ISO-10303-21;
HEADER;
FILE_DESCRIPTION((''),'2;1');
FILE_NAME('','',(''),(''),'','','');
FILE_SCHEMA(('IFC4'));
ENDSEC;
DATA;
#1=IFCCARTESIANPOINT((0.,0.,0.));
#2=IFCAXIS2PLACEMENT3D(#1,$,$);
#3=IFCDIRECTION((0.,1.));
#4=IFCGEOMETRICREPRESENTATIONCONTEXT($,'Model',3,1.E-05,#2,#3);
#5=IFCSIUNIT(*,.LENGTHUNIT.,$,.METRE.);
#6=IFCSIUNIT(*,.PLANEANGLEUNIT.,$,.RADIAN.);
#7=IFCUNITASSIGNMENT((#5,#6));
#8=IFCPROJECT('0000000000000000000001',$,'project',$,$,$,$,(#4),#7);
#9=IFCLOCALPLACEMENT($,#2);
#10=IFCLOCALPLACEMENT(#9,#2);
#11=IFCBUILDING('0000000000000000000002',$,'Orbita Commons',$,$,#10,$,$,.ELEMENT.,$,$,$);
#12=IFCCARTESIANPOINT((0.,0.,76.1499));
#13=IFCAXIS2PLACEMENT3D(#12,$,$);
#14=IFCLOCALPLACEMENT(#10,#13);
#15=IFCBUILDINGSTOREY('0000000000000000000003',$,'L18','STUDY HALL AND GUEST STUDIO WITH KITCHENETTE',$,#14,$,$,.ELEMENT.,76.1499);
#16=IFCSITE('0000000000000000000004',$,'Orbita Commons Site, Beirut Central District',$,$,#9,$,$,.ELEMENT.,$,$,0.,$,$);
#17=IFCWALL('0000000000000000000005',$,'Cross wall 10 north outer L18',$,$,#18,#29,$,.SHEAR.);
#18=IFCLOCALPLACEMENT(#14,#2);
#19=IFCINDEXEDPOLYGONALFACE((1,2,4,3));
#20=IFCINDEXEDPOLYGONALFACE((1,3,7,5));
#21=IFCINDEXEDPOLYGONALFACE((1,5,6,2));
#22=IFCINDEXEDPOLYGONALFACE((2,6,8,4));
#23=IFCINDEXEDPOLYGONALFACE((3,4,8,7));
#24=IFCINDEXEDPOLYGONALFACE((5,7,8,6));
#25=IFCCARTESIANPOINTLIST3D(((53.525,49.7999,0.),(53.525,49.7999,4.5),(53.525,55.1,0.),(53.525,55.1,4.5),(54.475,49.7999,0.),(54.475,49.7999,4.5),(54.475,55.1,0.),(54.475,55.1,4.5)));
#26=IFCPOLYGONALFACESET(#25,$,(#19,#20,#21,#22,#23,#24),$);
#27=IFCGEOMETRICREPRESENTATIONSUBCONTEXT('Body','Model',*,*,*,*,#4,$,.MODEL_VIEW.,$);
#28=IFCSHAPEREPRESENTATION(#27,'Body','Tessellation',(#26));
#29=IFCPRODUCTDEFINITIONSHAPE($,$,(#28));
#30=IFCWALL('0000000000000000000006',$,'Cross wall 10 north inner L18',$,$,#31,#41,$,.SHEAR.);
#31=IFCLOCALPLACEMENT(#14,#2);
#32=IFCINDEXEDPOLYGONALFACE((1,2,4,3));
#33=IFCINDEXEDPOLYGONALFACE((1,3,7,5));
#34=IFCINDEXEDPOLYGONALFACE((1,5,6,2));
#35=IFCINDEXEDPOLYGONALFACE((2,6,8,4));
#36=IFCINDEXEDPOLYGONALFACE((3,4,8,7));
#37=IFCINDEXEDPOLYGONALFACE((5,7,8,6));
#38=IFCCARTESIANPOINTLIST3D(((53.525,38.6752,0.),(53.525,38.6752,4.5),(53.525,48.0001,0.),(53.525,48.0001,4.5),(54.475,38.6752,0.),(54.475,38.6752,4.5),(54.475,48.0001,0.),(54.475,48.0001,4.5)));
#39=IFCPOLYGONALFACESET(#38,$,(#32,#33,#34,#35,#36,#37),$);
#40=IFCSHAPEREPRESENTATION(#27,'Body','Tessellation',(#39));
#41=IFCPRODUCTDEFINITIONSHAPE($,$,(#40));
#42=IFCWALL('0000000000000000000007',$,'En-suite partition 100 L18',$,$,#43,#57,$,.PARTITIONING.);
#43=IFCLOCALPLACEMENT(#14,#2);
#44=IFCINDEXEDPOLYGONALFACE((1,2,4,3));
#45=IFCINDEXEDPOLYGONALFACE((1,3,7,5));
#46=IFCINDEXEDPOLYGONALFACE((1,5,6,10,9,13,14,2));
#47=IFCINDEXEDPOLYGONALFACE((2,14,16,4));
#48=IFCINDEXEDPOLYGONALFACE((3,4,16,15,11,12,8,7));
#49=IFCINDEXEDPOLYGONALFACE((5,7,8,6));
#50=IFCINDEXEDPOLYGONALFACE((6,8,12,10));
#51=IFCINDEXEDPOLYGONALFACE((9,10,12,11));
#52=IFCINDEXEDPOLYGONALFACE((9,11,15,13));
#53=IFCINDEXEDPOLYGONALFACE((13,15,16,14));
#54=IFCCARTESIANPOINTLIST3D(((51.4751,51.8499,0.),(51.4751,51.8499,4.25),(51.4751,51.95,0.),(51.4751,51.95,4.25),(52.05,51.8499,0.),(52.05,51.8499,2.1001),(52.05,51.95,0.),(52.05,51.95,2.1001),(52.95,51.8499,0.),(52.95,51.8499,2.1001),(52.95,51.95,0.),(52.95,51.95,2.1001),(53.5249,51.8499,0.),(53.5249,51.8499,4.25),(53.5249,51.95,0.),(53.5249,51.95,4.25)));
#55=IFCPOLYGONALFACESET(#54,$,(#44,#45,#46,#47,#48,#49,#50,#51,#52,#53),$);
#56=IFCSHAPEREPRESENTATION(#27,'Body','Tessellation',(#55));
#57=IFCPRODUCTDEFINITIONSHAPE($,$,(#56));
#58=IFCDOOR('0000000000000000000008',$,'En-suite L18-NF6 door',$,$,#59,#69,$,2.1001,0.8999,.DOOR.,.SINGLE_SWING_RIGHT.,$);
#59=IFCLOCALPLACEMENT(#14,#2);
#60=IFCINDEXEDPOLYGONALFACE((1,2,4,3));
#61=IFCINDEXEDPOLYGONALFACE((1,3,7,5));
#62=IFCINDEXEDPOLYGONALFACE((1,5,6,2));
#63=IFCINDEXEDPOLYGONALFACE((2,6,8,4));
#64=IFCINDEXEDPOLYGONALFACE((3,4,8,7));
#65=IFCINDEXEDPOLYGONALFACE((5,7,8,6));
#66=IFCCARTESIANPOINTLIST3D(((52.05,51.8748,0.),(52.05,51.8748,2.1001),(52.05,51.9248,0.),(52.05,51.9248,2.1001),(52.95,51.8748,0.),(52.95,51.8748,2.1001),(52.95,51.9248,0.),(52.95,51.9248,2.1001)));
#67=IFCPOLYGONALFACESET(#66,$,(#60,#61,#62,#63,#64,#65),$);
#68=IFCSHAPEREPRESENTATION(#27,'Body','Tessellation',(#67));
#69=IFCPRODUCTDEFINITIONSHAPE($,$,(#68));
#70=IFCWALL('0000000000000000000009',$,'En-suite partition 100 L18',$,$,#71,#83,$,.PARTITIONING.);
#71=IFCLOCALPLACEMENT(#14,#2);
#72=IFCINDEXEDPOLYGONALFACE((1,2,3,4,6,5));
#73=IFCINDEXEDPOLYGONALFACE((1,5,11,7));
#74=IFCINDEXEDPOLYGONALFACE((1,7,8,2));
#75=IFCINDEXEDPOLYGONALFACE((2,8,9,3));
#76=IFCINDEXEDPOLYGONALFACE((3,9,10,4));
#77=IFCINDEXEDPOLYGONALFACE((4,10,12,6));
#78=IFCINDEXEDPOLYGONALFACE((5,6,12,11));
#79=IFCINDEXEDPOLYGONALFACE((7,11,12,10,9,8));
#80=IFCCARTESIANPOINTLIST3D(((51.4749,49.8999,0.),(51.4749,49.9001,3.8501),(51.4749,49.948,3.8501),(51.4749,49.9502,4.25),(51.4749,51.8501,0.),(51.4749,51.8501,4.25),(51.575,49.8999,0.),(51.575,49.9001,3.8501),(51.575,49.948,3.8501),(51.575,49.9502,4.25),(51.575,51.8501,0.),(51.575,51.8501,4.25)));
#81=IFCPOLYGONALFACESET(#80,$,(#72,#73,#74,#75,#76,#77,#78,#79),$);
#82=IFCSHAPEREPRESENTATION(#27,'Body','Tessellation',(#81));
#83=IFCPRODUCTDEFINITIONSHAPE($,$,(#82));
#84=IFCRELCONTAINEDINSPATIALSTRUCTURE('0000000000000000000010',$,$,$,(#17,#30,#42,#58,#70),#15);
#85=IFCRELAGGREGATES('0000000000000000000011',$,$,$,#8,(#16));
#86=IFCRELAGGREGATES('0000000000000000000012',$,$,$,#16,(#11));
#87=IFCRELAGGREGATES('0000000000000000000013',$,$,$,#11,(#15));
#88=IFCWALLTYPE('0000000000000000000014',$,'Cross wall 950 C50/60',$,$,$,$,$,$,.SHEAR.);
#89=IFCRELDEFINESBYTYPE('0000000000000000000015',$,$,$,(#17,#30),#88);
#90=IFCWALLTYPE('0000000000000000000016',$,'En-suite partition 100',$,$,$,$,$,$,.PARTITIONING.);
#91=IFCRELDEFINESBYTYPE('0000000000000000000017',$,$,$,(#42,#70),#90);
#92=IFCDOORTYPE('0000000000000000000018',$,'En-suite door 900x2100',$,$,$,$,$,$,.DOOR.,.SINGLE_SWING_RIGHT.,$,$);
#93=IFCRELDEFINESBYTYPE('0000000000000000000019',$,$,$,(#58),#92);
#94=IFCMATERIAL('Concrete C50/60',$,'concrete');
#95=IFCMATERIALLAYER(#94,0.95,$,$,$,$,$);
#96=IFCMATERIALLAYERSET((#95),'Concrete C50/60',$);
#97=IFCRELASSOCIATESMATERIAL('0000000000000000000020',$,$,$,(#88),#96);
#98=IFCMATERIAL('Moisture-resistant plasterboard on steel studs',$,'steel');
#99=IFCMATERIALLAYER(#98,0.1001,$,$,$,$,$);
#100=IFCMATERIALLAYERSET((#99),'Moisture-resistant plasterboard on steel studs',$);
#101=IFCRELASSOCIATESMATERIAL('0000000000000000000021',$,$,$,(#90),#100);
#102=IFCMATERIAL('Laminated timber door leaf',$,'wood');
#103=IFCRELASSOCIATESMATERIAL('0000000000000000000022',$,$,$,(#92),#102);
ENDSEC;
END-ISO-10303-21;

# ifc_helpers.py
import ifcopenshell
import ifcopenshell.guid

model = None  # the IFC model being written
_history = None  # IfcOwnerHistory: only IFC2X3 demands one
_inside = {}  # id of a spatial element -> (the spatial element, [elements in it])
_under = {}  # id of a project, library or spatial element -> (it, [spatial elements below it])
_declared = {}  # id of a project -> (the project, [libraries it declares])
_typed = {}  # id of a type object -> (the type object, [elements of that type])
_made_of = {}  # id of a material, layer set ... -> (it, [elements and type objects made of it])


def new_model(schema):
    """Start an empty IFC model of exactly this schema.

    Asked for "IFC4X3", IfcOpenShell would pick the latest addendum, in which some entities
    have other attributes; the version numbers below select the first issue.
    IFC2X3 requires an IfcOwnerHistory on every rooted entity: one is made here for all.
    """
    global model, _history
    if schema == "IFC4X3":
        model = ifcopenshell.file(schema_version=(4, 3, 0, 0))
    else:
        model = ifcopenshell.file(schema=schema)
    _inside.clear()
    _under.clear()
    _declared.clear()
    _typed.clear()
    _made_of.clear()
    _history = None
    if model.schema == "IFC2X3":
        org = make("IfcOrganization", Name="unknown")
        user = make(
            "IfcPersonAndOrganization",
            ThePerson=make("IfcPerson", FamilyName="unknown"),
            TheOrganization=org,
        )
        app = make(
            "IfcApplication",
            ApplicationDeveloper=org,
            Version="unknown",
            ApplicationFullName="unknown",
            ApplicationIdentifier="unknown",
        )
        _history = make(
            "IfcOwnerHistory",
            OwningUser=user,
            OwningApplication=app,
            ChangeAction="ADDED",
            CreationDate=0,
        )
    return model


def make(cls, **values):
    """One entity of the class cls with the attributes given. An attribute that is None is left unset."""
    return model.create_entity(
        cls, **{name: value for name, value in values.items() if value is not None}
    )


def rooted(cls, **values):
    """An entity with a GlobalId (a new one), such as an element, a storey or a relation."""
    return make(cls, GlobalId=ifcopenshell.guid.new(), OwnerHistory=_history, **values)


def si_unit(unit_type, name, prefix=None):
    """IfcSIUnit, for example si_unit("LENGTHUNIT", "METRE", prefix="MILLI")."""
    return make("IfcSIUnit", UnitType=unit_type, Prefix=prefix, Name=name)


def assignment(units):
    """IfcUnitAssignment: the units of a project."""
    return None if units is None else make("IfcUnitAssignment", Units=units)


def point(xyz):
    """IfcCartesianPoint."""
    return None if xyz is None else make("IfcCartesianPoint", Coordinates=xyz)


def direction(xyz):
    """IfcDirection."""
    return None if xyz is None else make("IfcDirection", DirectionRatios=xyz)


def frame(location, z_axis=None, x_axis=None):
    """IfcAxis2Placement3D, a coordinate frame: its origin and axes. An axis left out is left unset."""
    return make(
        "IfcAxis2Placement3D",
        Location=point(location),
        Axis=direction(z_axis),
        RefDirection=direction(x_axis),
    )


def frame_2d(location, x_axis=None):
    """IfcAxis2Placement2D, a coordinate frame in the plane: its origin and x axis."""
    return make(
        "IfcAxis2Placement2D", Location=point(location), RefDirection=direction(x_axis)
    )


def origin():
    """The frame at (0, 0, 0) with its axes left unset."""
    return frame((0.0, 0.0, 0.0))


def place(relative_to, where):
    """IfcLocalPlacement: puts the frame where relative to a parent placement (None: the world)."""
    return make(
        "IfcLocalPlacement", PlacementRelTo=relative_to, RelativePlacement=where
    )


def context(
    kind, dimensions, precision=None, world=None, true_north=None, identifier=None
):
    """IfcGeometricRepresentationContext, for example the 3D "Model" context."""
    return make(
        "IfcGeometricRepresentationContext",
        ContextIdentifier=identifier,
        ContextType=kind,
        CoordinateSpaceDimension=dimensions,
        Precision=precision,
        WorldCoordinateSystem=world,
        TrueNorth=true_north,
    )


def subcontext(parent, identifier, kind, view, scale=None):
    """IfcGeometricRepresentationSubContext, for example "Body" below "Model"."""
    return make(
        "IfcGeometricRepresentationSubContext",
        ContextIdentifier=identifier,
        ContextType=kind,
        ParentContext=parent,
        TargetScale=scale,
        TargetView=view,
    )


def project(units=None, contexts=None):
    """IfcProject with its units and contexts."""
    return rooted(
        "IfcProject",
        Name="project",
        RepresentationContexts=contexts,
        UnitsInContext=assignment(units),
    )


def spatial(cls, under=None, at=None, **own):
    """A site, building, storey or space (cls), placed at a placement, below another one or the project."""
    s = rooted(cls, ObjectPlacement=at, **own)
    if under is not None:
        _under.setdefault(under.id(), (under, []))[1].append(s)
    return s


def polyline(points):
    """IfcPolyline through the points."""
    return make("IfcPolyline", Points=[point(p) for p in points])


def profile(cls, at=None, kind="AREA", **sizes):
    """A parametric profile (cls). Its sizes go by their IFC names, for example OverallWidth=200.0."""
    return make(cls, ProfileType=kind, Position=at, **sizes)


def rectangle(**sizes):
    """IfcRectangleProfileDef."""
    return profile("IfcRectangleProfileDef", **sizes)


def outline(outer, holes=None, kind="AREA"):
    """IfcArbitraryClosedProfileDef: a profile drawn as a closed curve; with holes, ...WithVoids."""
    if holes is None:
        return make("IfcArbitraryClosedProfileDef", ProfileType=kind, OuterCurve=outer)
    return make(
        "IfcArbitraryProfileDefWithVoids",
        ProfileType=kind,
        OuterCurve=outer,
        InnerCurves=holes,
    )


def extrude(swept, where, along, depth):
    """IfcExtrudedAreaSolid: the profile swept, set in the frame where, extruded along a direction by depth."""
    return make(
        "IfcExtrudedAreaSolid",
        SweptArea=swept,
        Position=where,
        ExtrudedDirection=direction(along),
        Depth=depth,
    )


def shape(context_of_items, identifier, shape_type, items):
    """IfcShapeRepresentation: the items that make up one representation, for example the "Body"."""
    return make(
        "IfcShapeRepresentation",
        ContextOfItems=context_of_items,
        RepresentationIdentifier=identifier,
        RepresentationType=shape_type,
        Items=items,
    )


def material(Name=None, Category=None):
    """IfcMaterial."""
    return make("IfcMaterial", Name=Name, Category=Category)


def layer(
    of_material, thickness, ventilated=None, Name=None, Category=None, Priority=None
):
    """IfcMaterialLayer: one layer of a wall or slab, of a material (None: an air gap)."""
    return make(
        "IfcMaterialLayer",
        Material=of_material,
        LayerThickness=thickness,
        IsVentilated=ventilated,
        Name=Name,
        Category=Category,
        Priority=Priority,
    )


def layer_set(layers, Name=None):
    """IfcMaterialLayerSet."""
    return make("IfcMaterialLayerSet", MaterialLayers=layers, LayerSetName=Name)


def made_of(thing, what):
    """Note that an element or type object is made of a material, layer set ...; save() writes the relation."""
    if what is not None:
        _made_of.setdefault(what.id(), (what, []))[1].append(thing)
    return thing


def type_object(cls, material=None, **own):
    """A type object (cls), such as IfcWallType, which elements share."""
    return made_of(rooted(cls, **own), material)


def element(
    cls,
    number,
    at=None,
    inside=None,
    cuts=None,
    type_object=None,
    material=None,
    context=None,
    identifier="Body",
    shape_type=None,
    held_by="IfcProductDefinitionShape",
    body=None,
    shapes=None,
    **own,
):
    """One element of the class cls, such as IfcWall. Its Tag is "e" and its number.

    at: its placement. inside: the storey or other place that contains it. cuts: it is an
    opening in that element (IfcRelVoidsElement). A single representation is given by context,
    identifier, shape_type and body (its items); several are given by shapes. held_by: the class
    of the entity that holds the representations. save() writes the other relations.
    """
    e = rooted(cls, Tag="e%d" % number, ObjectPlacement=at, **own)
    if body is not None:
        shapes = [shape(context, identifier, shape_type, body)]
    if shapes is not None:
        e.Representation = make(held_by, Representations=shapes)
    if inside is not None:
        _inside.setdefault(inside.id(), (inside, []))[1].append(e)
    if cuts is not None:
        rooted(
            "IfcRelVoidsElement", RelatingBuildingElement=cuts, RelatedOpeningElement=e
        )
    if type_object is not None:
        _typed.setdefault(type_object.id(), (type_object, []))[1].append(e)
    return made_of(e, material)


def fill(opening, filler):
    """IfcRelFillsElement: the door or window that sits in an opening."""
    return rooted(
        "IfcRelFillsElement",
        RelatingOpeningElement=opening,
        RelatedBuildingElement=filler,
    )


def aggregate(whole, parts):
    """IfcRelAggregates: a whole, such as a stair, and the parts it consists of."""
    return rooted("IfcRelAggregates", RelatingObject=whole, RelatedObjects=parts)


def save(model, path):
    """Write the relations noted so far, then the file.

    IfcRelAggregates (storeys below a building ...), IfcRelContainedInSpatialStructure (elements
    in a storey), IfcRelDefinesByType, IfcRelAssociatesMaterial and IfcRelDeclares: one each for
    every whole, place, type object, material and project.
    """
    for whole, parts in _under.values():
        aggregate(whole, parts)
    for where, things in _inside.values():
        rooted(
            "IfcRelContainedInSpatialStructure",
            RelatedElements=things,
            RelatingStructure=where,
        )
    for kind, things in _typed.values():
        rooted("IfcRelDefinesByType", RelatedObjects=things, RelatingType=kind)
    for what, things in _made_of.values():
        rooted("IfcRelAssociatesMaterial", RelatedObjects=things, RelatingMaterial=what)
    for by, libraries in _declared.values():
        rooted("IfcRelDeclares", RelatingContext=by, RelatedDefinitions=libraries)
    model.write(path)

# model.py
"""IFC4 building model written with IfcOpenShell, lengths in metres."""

from ifc_helpers import new_model, si_unit, direction, frame, frame_2d, origin, place, context, subcontext, project, spatial, polyline, rectangle, outline, extrude, material, layer, layer_set, type_object, element, fill, save


model = new_model("IFC4")

# Units and contexts
model_context = context("Model", 3, precision=1e-05, world=origin(), true_north=direction((0.0, 1.0)))
body_context = subcontext(model_context, "Body", "Model", "MODEL_VIEW")
ifc_project = project(units=[si_unit("LENGTHUNIT", "METRE"), si_unit("PLANEANGLEUNIT", "RADIAN")], contexts=[model_context])

# Site, building, storey
site_placement = place(None, origin())
site = spatial("IfcSite", under=ifc_project, at=site_placement, Name="Orbita Commons Site, Beirut Central District", CompositionType="ELEMENT", RefElevation=0.0)
building_placement = place(site_placement, origin())
building = spatial("IfcBuilding", under=site, at=building_placement, Name="Orbita Commons", CompositionType="ELEMENT")
storey_placement = place(building_placement, frame((0.0, 0.0, 76.1499)))
storey = spatial("IfcBuildingStorey", under=building, at=storey_placement, Name="L18", Description="STUDY HALL AND GUEST STUDIO WITH KITCHENETTE", CompositionType="ELEMENT", Elevation=76.1499)

# Walls
ifc_material_1 = material(Name="Concrete C50/60", Category="concrete")
ifc_layer_1 = layer(ifc_material_1, 0.95)
ifc_layer_set_1 = layer_set([ifc_layer_1], Name="Concrete C50/60")
wall_type_1 = type_object("IfcWallType", Name="Cross wall 950 C50/60", PredefinedType="SHEAR", material=ifc_layer_set_1)
wall_1_placement = place(storey_placement, frame((54.0, 49.8, 0.0), z_axis=(0.0, 0.0, 1.0), x_axis=(0.0, 1.0, 0.0)))
element("IfcWall", 1, at=wall_1_placement, inside=storey, type_object=wall_type_1, Name="Cross wall 10 north outer L18", PredefinedType="SHEAR", context=body_context, shape_type="SweptSolid", body=[
    extrude(rectangle(XDim=5.3, YDim=0.95, at=frame_2d((2.6499, 0.0))), origin(), (0.0, 0.0, 1.0), 4.5),
])
wall_2_placement = place(storey_placement, frame((54.0, 38.675, 0.0), z_axis=(0.0, 0.0, 1.0), x_axis=(0.0, 1.0, 0.0)))
element("IfcWall", 2, at=wall_2_placement, inside=storey, type_object=wall_type_1, Name="Cross wall 10 north inner L18", PredefinedType="SHEAR", context=body_context, shape_type="SweptSolid", body=[
    extrude(rectangle(XDim=9.325, YDim=0.95, at=frame_2d((4.6626, 0.0))), origin(), (0.0, 0.0, 1.0), 4.5),
])

# Wall, opening, door
ifc_material_2 = material(Name="Moisture-resistant plasterboard on steel studs", Category="steel")
ifc_layer_2 = layer(ifc_material_2, 0.1001)
ifc_layer_set_2 = layer_set([ifc_layer_2], Name="Moisture-resistant plasterboard on steel studs")
wall_type_2 = type_object("IfcWallType", Name="En-suite partition 100", PredefinedType="PARTITIONING", material=ifc_layer_set_2)
wall_3_placement = place(storey_placement, frame((51.4751, 51.8999, 0.0), z_axis=(0.0, 0.0, 1.0), x_axis=(1.0, 0.0, 0.0)))
wall_3 = element("IfcWall", 3, at=wall_3_placement, inside=storey, type_object=wall_type_2, Name="En-suite partition 100 L18", PredefinedType="PARTITIONING", context=body_context, shape_type="SweptSolid", body=[
    extrude(rectangle(XDim=2.0498, YDim=0.1001, at=frame_2d((1.0249, 0.0))), origin(), (0.0, 0.0, 1.0), 4.25),
])
opening_1_placement = place(wall_3_placement, frame((0.575, 0.0, 0.0)))
opening_1 = element("IfcOpeningElement", 4, at=opening_1_placement, cuts=wall_3, PredefinedType="OPENING", context=body_context, shape_type="SweptSolid", body=[
    extrude(rectangle(XDim=0.8999, YDim=2.1001, at=frame_2d((0.45, 1.05))), frame((0.0, 0.0601, 0.0), z_axis=(0.0, -1.0, 0.0), x_axis=(1.0, 0.0, 0.0)), (0.0, 0.0, 1.0), 0.1201),
])
ifc_material_3 = material(Name="Laminated timber door leaf", Category="wood")
door_type_1 = type_object("IfcDoorType", Name="En-suite door 900x2100", OperationType="SINGLE_SWING_RIGHT", PredefinedType="DOOR", material=ifc_material_3)
door_1_placement = place(opening_1_placement, origin())
door_1 = element("IfcDoor", 5, at=door_1_placement, inside=storey, type_object=door_type_1, Name="En-suite L18-NF6 door", OperationType="SINGLE_SWING_RIGHT", OverallHeight=2.1001, OverallWidth=0.8999, PredefinedType="DOOR", context=body_context, shape_type="SweptSolid", body=[
    extrude(rectangle(XDim=0.8999, YDim=2.1001, at=frame_2d((0.45, 1.05))), frame((0.0, 0.0249, 0.0), z_axis=(0.0, -1.0, 0.0), x_axis=(1.0, 0.0, 0.0)), (0.0, 0.0, 1.0), 0.05),
])
fill(opening_1, door_1)

# Wall
wall_4_placement = place(storey_placement, frame((51.5249, 51.8501, 0.0), z_axis=(0.0, 0.0, 1.0), x_axis=(0.0, -1.0, 0.0)))
element("IfcWall", 6, at=wall_4_placement, inside=storey, type_object=wall_type_2, Name="En-suite partition 100 L18", PredefinedType="PARTITIONING", context=body_context, shape_type="SweptSolid", body=[
    extrude(outline(polyline([(0.0, 0.0), (1.9502, 0.0), (1.95, 3.8501), (1.9021, 3.8501), (1.8999, 4.25), (0.0, 4.25), (0.0, 0.0)])), frame((0.0, 0.05, 0.0), z_axis=(0.0, -1.0, 0.0), x_axis=(1.0, 0.0, 0.0)), (0.0, 0.0, 1.0), 0.1001),
])

save(model, "model.ifc")
